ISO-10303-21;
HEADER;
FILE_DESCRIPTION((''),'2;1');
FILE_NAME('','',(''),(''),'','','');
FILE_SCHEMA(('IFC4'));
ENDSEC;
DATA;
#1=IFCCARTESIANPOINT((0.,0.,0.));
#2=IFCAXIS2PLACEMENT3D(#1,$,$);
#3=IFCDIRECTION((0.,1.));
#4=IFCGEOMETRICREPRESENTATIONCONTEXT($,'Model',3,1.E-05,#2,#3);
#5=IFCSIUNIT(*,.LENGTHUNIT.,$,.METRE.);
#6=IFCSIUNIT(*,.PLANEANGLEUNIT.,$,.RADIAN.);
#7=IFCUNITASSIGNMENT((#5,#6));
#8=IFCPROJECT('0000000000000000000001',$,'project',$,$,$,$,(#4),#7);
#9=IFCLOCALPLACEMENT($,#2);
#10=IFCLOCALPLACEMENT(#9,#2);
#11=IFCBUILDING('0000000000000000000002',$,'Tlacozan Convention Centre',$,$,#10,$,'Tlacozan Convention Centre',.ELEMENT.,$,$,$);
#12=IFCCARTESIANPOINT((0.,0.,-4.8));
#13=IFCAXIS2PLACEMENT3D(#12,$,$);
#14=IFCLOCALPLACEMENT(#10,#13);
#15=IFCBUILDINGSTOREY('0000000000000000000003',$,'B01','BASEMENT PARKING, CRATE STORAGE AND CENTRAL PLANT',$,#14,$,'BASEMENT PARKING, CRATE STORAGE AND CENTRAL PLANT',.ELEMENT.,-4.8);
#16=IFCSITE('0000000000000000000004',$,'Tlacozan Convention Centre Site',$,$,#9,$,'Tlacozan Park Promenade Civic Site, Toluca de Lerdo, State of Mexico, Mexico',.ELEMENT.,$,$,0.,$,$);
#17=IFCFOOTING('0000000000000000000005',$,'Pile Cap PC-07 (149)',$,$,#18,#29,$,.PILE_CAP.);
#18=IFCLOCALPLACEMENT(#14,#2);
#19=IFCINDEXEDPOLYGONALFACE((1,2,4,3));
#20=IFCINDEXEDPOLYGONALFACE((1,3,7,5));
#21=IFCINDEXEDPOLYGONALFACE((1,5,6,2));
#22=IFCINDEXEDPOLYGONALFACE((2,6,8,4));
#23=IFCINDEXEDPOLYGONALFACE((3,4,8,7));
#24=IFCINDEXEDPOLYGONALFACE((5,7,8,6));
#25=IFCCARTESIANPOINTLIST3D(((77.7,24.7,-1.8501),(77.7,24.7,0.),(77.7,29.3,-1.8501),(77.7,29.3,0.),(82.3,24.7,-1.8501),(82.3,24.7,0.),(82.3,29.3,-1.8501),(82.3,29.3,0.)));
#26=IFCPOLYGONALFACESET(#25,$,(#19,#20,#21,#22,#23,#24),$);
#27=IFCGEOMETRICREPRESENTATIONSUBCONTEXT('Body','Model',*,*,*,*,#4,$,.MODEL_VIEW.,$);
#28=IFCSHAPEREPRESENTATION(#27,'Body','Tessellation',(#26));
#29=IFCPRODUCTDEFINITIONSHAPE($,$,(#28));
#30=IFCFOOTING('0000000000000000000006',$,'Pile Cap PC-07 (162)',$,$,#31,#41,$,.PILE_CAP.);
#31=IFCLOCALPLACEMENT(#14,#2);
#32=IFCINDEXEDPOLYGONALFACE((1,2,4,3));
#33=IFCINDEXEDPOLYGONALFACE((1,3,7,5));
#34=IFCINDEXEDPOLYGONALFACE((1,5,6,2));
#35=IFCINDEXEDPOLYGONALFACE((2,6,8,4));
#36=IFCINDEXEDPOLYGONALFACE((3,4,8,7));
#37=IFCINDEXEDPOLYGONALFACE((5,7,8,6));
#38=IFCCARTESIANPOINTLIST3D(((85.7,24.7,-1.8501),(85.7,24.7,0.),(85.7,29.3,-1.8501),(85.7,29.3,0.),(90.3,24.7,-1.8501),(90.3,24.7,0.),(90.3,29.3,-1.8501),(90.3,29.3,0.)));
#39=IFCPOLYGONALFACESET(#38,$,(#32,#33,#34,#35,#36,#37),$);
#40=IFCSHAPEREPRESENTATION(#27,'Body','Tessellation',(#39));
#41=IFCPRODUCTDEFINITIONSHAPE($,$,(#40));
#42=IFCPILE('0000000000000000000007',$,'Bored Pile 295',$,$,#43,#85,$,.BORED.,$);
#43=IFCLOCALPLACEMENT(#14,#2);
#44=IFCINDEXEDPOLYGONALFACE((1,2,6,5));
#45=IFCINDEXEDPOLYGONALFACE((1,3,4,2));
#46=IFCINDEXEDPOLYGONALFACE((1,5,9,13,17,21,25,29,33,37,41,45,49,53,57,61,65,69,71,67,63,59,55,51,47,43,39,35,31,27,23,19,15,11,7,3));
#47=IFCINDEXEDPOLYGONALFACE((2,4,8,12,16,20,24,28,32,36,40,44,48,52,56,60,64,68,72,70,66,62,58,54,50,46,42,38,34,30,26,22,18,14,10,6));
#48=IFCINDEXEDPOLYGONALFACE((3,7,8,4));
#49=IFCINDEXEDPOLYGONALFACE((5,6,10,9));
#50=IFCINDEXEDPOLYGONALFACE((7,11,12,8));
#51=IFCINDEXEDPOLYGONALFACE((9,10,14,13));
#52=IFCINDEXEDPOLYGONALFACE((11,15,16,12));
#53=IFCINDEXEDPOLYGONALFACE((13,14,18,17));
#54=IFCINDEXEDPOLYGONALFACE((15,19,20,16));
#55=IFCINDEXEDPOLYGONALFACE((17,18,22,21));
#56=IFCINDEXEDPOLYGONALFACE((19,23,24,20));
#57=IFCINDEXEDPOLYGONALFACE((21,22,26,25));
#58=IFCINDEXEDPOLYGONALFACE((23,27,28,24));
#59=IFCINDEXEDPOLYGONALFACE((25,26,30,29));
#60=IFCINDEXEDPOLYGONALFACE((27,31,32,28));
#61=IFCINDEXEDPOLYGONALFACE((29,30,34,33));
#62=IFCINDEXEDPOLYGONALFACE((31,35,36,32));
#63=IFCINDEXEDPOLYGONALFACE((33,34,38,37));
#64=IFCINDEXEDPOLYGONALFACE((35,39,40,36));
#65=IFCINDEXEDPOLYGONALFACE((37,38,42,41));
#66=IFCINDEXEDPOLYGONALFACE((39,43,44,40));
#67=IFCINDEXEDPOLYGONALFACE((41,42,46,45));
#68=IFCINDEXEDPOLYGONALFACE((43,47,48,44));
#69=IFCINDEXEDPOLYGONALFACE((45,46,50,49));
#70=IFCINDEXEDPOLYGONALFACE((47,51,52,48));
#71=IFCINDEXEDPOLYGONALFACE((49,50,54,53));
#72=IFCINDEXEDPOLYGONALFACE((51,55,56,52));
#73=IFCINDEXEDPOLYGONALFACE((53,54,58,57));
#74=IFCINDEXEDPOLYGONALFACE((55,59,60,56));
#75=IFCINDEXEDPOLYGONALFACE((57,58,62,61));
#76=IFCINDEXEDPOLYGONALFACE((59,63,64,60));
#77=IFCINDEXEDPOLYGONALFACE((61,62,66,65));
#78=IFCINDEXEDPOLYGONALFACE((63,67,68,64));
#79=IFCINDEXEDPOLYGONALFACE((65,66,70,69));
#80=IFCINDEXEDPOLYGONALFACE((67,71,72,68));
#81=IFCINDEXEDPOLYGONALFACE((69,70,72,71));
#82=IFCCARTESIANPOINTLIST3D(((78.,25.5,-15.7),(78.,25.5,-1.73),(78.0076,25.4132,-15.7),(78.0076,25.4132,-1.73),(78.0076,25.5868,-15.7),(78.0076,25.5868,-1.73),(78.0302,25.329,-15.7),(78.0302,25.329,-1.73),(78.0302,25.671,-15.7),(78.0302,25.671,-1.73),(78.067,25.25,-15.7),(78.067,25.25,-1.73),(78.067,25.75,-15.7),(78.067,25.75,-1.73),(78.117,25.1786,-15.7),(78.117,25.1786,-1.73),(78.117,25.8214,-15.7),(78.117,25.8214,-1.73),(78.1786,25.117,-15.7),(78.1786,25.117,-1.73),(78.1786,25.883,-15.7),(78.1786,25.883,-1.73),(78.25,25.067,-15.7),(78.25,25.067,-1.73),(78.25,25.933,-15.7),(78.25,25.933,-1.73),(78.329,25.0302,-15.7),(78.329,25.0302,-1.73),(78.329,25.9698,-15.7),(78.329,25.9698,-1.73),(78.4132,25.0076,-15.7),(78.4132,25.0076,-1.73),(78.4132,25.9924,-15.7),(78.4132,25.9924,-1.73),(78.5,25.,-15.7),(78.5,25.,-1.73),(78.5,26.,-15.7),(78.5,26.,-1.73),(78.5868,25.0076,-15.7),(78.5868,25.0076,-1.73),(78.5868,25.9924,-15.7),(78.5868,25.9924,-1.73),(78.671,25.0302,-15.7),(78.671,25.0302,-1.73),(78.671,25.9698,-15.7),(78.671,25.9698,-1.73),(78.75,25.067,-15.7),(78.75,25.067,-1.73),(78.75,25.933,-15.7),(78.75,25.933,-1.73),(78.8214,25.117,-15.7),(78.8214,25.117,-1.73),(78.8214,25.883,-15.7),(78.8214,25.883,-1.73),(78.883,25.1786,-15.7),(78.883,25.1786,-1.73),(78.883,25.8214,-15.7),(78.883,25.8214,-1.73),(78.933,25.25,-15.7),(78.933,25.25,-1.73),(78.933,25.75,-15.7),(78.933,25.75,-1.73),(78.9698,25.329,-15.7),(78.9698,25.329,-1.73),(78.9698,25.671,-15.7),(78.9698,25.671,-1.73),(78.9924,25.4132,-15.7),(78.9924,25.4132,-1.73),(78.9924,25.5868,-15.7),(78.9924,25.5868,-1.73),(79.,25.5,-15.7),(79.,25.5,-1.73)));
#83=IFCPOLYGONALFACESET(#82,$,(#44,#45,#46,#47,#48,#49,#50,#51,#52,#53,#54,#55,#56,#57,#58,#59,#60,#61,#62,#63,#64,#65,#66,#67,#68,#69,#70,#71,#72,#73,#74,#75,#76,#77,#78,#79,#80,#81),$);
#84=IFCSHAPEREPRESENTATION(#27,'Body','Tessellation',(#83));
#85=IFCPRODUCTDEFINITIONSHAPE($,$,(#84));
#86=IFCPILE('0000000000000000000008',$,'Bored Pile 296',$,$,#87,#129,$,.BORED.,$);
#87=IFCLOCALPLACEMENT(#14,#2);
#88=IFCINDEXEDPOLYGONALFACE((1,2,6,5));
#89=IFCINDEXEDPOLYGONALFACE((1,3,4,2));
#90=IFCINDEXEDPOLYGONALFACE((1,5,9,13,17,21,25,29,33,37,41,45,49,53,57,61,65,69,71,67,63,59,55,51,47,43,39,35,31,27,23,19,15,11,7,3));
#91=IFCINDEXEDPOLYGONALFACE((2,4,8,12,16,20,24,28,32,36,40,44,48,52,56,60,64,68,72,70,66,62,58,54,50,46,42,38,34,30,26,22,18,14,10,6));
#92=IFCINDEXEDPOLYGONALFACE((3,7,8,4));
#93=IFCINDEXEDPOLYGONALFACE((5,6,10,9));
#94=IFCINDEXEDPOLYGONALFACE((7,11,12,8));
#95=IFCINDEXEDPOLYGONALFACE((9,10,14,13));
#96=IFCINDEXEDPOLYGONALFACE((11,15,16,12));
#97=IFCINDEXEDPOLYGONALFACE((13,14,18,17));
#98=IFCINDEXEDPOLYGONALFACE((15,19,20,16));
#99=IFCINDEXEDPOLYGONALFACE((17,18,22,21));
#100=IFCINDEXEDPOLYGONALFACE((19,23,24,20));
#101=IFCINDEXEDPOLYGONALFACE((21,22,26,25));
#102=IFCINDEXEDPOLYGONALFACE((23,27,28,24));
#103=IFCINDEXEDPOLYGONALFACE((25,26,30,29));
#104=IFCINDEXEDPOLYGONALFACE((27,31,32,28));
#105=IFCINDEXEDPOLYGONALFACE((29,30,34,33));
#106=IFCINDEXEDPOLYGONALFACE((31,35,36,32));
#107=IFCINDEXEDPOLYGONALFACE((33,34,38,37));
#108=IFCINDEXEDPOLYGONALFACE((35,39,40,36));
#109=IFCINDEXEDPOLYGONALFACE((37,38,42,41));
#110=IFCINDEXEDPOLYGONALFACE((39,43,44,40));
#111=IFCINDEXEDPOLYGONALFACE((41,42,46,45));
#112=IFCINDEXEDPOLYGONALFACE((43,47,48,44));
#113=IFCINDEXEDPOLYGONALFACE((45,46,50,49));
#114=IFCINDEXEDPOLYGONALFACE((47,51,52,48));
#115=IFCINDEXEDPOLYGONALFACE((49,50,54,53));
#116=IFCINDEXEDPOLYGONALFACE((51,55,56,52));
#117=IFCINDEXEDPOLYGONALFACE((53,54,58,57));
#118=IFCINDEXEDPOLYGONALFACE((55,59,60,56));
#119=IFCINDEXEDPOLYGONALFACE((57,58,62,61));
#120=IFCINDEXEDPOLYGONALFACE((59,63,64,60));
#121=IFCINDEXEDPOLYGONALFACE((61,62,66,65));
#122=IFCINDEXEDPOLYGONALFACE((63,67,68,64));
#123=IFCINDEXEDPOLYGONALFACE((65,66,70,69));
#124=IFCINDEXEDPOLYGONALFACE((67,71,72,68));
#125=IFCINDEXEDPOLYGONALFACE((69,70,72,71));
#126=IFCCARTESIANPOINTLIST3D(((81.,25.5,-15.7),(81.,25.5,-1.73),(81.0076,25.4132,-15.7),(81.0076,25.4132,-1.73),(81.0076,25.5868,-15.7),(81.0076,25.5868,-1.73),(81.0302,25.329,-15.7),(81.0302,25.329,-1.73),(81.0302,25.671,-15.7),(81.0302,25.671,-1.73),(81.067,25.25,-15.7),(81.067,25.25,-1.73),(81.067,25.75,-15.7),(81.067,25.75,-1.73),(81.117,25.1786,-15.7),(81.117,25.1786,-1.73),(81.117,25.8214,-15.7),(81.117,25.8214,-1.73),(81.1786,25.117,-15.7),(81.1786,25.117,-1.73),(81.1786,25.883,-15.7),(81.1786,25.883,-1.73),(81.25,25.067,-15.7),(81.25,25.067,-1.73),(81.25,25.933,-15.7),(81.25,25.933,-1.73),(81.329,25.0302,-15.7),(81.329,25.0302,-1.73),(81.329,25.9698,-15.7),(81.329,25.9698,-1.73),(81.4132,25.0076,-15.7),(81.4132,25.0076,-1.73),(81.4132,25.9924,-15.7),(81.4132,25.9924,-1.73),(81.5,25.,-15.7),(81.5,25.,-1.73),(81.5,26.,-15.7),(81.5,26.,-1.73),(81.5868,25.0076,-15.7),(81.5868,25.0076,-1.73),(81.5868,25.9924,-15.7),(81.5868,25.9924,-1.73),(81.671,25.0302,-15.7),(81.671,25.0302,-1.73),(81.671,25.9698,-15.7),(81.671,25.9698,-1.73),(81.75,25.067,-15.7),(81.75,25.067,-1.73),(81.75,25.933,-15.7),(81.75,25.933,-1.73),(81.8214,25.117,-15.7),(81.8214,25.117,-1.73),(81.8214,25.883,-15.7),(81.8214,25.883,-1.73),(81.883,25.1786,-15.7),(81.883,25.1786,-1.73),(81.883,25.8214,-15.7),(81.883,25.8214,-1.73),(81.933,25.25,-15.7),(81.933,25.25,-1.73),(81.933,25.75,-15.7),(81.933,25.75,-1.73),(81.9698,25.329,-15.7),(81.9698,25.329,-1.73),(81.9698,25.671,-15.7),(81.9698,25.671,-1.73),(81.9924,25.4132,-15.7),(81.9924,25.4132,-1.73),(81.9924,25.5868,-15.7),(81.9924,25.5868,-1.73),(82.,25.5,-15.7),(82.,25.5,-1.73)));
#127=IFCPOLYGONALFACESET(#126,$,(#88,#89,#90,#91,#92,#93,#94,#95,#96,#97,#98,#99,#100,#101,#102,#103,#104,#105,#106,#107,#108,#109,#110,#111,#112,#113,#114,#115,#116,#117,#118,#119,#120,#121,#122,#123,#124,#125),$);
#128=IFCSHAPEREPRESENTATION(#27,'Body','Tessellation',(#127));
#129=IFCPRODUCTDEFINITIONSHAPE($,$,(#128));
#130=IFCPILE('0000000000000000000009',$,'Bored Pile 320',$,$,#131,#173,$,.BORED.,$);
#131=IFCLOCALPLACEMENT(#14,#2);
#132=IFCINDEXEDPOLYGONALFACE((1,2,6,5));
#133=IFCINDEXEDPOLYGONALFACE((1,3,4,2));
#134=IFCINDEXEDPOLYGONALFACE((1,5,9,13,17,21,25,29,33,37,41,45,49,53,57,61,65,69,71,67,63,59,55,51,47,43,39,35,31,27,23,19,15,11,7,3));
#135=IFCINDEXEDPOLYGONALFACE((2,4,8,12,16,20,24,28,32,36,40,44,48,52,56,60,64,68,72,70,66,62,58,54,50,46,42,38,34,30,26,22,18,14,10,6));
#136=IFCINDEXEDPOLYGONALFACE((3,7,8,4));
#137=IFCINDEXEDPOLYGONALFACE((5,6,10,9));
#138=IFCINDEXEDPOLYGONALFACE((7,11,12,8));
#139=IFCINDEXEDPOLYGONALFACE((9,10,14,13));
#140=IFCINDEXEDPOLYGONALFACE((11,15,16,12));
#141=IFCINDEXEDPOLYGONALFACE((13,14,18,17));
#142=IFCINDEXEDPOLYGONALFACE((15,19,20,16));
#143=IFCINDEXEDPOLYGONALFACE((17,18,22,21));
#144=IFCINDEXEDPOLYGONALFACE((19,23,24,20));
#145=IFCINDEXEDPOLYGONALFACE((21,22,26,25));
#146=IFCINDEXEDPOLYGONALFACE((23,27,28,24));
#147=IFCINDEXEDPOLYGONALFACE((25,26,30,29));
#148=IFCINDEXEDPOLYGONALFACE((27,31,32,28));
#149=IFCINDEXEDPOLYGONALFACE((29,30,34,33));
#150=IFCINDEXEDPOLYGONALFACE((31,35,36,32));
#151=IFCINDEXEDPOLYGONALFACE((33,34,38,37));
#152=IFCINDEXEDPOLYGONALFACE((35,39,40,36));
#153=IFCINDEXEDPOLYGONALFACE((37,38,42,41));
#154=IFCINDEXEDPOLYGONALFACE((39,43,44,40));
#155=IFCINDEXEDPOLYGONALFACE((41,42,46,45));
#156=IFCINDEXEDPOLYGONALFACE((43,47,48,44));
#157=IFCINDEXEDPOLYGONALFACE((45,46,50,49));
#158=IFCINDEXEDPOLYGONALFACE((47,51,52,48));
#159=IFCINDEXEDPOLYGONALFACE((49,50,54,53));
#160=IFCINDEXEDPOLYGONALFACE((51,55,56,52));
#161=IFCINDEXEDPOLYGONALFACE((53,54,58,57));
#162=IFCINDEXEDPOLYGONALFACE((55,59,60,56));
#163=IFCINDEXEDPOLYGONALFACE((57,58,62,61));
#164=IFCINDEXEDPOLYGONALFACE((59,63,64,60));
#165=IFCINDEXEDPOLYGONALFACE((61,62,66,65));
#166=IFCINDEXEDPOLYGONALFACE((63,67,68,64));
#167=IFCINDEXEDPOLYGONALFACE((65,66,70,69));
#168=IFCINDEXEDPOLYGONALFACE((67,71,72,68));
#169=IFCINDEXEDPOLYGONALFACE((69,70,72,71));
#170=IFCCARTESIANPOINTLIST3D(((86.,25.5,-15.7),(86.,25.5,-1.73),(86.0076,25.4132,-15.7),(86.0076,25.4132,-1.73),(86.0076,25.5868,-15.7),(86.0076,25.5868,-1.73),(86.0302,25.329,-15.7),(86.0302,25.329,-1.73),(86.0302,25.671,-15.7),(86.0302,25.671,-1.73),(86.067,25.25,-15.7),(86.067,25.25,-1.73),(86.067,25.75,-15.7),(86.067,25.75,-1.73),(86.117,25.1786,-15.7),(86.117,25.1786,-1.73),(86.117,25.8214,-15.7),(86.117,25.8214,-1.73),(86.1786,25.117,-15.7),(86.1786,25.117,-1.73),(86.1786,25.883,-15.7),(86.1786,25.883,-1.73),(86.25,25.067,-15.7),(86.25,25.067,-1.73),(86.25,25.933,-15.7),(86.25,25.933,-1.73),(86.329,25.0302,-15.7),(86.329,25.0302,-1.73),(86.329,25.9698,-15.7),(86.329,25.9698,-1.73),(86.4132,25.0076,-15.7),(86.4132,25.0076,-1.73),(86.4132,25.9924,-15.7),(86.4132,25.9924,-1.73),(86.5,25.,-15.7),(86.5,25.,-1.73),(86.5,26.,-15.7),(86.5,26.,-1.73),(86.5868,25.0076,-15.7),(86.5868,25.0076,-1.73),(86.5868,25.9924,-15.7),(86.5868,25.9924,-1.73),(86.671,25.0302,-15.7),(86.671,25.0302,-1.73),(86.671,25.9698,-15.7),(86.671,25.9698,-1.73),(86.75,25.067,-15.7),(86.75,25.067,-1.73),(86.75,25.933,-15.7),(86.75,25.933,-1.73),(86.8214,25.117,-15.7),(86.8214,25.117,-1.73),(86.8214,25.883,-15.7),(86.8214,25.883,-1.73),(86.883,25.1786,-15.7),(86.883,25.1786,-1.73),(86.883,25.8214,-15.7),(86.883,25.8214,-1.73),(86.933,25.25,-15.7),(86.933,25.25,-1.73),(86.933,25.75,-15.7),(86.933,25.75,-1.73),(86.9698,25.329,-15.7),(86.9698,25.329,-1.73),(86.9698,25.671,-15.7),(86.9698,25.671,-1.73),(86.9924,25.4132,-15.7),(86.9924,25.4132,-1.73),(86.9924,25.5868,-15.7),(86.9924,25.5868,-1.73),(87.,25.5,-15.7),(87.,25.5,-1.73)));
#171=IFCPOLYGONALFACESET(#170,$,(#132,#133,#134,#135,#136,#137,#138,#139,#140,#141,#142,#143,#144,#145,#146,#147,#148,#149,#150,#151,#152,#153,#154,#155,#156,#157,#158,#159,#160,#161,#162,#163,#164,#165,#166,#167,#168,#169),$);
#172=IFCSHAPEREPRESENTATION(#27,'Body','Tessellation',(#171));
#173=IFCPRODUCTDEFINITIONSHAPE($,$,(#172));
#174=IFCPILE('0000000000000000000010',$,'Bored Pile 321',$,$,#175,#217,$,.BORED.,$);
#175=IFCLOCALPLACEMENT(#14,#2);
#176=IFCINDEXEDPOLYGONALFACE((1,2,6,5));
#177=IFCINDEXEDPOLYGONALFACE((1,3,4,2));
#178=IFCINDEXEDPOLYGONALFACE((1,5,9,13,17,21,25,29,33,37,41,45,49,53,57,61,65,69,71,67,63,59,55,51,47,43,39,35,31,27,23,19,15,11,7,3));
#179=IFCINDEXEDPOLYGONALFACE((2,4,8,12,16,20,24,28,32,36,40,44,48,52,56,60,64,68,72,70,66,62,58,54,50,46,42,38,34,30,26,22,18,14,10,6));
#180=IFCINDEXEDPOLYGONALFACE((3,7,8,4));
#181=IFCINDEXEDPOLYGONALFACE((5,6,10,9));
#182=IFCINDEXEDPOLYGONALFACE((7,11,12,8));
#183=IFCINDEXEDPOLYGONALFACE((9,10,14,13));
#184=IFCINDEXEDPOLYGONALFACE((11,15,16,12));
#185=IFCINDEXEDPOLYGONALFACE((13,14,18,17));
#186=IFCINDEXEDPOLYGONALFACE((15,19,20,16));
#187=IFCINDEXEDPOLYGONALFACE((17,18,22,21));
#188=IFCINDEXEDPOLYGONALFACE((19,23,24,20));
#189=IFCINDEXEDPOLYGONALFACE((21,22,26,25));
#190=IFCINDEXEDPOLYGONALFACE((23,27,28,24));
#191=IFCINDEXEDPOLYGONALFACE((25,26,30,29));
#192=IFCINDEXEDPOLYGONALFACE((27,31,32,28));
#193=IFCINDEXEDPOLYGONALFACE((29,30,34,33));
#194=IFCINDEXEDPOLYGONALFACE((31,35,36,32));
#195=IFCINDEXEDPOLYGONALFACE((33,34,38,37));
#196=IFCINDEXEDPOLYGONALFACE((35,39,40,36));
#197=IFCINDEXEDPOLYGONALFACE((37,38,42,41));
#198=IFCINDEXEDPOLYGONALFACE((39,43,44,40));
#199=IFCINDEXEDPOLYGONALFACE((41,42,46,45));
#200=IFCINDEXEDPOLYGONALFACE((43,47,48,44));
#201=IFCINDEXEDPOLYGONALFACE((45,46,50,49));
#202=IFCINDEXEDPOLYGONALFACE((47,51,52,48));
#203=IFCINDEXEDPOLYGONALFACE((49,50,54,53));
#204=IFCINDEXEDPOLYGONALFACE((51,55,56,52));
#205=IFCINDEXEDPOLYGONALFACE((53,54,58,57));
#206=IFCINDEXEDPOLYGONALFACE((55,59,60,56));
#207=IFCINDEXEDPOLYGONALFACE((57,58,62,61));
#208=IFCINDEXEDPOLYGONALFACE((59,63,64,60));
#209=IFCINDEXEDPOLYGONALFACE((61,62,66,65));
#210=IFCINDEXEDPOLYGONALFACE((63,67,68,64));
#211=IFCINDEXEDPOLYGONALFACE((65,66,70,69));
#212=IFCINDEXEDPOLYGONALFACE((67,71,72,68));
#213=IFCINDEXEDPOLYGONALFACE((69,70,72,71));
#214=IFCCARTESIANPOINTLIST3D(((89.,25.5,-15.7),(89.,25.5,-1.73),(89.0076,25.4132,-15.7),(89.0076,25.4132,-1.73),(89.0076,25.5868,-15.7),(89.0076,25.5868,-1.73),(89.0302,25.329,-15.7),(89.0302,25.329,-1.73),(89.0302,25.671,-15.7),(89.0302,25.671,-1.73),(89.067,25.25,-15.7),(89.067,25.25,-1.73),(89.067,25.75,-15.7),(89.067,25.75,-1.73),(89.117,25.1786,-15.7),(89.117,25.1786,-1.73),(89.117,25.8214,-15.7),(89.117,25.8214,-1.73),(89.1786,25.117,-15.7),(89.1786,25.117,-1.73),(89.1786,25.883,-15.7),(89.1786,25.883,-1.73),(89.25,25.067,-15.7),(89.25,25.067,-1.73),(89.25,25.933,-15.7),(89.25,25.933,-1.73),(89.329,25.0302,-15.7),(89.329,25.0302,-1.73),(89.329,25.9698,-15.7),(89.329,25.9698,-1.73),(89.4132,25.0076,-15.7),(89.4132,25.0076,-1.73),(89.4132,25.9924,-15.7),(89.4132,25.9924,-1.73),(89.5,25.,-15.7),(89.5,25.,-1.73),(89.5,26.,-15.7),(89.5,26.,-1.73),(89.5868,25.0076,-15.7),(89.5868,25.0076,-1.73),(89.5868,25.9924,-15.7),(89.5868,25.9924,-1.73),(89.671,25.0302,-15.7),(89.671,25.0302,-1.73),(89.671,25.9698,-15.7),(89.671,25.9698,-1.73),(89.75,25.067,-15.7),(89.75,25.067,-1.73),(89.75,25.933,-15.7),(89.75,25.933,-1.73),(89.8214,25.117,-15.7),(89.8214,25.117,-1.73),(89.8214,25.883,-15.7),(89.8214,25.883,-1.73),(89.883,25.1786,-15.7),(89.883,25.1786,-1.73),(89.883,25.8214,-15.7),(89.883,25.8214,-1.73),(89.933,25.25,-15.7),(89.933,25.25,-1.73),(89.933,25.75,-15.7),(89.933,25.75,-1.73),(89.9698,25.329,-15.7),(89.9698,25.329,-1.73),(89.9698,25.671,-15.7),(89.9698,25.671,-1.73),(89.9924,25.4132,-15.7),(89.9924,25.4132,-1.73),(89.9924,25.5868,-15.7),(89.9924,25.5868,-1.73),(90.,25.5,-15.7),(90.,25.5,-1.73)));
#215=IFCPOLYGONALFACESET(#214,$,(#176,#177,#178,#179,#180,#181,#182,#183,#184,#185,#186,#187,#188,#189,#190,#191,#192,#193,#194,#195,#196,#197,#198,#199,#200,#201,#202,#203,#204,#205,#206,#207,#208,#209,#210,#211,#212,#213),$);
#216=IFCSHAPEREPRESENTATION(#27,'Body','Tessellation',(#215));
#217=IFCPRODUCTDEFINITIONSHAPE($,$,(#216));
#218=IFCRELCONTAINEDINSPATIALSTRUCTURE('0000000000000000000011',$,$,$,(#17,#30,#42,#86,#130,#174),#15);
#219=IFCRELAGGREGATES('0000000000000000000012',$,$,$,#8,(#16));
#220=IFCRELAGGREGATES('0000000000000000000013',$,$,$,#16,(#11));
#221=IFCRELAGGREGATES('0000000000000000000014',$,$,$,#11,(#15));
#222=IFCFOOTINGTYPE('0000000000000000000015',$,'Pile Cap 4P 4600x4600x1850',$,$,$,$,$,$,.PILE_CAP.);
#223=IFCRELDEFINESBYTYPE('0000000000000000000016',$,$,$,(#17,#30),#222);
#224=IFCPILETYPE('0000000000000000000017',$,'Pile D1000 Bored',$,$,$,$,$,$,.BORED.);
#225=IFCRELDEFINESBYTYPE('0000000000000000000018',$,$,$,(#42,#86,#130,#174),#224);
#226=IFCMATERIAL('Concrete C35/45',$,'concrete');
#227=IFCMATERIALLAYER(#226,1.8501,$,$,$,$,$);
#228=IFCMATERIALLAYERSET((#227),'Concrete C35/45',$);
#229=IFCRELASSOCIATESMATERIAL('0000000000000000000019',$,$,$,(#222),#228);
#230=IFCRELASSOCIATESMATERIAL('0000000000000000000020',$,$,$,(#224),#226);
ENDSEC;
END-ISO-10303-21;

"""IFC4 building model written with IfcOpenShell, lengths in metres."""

from ifc_helpers import new_model, si_unit, direction, frame, origin, origin_2d, place, context, subcontext, project, spatial, rectangle, circle, extrude, material, layer, layer_set, material_profile, profile_set, type_object, element, save


model = new_model("IFC4")

# Units and contexts
model_context = context("Model", 3, precision=1e-05, world=origin(), true_north=direction((0.0, 1.0)))
body_context = subcontext(model_context, "Body", "Model", "MODEL_VIEW")
ifc_project = project(units=[si_unit("LENGTHUNIT", "METRE"), si_unit("PLANEANGLEUNIT", "RADIAN")], contexts=[model_context])

# Site, building, storey
site_placement = place(None, origin())
site = spatial("IfcSite", under=ifc_project, at=site_placement, Name="Tlacozan Convention Centre Site", LongName="Tlacozan Park Promenade Civic Site, Toluca de Lerdo, State of Mexico, Mexico", CompositionType="ELEMENT", RefElevation=0.0)
building_placement = place(site_placement, origin())
building = spatial("IfcBuilding", under=site, at=building_placement, Name="Tlacozan Convention Centre", LongName="Tlacozan Convention Centre", CompositionType="ELEMENT")
storey_placement = place(building_placement, frame((0.0, 0.0, -4.8)))
storey = spatial("IfcBuildingStorey", under=building, at=storey_placement, Name="B01", Description="BASEMENT PARKING, CRATE STORAGE AND CENTRAL PLANT", LongName="BASEMENT PARKING, CRATE STORAGE AND CENTRAL PLANT", CompositionType="ELEMENT", Elevation=-4.8)

# Footings
ifc_material_1 = material(Name="Concrete C35/45", Category="concrete")
ifc_layer_1 = layer(ifc_material_1, 1.8501)
ifc_layer_set_1 = layer_set([ifc_layer_1], Name="Concrete C35/45")
footing_type = type_object("IfcFootingType", Name="Pile Cap 4P 4600x4600x1850", PredefinedType="PILE_CAP", material=ifc_layer_set_1)
for number, where, z_axis, x_axis, name in (
    (1, (80.0, 27.0, -1.8501), (0.0, 0.0, 1.0), (1.0, 0.0, 0.0), "Pile Cap PC-07 (149)"),
    (2, (88.0, 27.0, -1.8501), (0.0, 0.0, 1.0), (1.0, 0.0, 0.0), "Pile Cap PC-07 (162)"),
):
    element("IfcFooting", number, at=place(storey_placement, frame(where, z_axis=z_axis, x_axis=x_axis)), inside=storey, type_object=footing_type, Name=name, PredefinedType="PILE_CAP", context=body_context, shape_type="SweptSolid", body=[
        extrude(rectangle(XDim=4.6001, YDim=4.6001, at=origin_2d()), origin(), (0.0, 0.0, 1.0), 1.8501),
    ])

# Piles
ifc_material_profile_1 = material_profile(ifc_material_1, circle(Radius=0.5, at=origin_2d()), Name="PILE D1000")
ifc_profile_set_1 = profile_set([ifc_material_profile_1], Name="Concrete C35/45")
pile_type = type_object("IfcPileType", Name="Pile D1000 Bored", PredefinedType="BORED", material=ifc_profile_set_1)
for number, where, z_axis, x_axis, name in (
    (3, (78.5, 25.5, -1.73), (0.0, 0.0, -1.0), (1.0, 0.0, 0.0), "Bored Pile 295"),
    (4, (81.5, 25.5, -1.73), (0.0, 0.0, -1.0), (1.0, 0.0, 0.0), "Bored Pile 296"),
    (5, (86.5, 25.5, -1.73), (0.0, 0.0, -1.0), (1.0, 0.0, 0.0), "Bored Pile 320"),
    (6, (89.5, 25.5, -1.73), (0.0, 0.0, -1.0), (1.0, 0.0, 0.0), "Bored Pile 321"),
):
    element("IfcPile", number, at=place(storey_placement, frame(where, z_axis=z_axis, x_axis=x_axis)), inside=storey, type_object=pile_type, Name=name, PredefinedType="BORED", context=body_context, shape_type="SweptSolid", body=[
        extrude(circle(Radius=0.5, at=origin_2d()), origin(), (0.0, 0.0, 1.0), 13.97),
    ])

save(model, "model.ifc")
